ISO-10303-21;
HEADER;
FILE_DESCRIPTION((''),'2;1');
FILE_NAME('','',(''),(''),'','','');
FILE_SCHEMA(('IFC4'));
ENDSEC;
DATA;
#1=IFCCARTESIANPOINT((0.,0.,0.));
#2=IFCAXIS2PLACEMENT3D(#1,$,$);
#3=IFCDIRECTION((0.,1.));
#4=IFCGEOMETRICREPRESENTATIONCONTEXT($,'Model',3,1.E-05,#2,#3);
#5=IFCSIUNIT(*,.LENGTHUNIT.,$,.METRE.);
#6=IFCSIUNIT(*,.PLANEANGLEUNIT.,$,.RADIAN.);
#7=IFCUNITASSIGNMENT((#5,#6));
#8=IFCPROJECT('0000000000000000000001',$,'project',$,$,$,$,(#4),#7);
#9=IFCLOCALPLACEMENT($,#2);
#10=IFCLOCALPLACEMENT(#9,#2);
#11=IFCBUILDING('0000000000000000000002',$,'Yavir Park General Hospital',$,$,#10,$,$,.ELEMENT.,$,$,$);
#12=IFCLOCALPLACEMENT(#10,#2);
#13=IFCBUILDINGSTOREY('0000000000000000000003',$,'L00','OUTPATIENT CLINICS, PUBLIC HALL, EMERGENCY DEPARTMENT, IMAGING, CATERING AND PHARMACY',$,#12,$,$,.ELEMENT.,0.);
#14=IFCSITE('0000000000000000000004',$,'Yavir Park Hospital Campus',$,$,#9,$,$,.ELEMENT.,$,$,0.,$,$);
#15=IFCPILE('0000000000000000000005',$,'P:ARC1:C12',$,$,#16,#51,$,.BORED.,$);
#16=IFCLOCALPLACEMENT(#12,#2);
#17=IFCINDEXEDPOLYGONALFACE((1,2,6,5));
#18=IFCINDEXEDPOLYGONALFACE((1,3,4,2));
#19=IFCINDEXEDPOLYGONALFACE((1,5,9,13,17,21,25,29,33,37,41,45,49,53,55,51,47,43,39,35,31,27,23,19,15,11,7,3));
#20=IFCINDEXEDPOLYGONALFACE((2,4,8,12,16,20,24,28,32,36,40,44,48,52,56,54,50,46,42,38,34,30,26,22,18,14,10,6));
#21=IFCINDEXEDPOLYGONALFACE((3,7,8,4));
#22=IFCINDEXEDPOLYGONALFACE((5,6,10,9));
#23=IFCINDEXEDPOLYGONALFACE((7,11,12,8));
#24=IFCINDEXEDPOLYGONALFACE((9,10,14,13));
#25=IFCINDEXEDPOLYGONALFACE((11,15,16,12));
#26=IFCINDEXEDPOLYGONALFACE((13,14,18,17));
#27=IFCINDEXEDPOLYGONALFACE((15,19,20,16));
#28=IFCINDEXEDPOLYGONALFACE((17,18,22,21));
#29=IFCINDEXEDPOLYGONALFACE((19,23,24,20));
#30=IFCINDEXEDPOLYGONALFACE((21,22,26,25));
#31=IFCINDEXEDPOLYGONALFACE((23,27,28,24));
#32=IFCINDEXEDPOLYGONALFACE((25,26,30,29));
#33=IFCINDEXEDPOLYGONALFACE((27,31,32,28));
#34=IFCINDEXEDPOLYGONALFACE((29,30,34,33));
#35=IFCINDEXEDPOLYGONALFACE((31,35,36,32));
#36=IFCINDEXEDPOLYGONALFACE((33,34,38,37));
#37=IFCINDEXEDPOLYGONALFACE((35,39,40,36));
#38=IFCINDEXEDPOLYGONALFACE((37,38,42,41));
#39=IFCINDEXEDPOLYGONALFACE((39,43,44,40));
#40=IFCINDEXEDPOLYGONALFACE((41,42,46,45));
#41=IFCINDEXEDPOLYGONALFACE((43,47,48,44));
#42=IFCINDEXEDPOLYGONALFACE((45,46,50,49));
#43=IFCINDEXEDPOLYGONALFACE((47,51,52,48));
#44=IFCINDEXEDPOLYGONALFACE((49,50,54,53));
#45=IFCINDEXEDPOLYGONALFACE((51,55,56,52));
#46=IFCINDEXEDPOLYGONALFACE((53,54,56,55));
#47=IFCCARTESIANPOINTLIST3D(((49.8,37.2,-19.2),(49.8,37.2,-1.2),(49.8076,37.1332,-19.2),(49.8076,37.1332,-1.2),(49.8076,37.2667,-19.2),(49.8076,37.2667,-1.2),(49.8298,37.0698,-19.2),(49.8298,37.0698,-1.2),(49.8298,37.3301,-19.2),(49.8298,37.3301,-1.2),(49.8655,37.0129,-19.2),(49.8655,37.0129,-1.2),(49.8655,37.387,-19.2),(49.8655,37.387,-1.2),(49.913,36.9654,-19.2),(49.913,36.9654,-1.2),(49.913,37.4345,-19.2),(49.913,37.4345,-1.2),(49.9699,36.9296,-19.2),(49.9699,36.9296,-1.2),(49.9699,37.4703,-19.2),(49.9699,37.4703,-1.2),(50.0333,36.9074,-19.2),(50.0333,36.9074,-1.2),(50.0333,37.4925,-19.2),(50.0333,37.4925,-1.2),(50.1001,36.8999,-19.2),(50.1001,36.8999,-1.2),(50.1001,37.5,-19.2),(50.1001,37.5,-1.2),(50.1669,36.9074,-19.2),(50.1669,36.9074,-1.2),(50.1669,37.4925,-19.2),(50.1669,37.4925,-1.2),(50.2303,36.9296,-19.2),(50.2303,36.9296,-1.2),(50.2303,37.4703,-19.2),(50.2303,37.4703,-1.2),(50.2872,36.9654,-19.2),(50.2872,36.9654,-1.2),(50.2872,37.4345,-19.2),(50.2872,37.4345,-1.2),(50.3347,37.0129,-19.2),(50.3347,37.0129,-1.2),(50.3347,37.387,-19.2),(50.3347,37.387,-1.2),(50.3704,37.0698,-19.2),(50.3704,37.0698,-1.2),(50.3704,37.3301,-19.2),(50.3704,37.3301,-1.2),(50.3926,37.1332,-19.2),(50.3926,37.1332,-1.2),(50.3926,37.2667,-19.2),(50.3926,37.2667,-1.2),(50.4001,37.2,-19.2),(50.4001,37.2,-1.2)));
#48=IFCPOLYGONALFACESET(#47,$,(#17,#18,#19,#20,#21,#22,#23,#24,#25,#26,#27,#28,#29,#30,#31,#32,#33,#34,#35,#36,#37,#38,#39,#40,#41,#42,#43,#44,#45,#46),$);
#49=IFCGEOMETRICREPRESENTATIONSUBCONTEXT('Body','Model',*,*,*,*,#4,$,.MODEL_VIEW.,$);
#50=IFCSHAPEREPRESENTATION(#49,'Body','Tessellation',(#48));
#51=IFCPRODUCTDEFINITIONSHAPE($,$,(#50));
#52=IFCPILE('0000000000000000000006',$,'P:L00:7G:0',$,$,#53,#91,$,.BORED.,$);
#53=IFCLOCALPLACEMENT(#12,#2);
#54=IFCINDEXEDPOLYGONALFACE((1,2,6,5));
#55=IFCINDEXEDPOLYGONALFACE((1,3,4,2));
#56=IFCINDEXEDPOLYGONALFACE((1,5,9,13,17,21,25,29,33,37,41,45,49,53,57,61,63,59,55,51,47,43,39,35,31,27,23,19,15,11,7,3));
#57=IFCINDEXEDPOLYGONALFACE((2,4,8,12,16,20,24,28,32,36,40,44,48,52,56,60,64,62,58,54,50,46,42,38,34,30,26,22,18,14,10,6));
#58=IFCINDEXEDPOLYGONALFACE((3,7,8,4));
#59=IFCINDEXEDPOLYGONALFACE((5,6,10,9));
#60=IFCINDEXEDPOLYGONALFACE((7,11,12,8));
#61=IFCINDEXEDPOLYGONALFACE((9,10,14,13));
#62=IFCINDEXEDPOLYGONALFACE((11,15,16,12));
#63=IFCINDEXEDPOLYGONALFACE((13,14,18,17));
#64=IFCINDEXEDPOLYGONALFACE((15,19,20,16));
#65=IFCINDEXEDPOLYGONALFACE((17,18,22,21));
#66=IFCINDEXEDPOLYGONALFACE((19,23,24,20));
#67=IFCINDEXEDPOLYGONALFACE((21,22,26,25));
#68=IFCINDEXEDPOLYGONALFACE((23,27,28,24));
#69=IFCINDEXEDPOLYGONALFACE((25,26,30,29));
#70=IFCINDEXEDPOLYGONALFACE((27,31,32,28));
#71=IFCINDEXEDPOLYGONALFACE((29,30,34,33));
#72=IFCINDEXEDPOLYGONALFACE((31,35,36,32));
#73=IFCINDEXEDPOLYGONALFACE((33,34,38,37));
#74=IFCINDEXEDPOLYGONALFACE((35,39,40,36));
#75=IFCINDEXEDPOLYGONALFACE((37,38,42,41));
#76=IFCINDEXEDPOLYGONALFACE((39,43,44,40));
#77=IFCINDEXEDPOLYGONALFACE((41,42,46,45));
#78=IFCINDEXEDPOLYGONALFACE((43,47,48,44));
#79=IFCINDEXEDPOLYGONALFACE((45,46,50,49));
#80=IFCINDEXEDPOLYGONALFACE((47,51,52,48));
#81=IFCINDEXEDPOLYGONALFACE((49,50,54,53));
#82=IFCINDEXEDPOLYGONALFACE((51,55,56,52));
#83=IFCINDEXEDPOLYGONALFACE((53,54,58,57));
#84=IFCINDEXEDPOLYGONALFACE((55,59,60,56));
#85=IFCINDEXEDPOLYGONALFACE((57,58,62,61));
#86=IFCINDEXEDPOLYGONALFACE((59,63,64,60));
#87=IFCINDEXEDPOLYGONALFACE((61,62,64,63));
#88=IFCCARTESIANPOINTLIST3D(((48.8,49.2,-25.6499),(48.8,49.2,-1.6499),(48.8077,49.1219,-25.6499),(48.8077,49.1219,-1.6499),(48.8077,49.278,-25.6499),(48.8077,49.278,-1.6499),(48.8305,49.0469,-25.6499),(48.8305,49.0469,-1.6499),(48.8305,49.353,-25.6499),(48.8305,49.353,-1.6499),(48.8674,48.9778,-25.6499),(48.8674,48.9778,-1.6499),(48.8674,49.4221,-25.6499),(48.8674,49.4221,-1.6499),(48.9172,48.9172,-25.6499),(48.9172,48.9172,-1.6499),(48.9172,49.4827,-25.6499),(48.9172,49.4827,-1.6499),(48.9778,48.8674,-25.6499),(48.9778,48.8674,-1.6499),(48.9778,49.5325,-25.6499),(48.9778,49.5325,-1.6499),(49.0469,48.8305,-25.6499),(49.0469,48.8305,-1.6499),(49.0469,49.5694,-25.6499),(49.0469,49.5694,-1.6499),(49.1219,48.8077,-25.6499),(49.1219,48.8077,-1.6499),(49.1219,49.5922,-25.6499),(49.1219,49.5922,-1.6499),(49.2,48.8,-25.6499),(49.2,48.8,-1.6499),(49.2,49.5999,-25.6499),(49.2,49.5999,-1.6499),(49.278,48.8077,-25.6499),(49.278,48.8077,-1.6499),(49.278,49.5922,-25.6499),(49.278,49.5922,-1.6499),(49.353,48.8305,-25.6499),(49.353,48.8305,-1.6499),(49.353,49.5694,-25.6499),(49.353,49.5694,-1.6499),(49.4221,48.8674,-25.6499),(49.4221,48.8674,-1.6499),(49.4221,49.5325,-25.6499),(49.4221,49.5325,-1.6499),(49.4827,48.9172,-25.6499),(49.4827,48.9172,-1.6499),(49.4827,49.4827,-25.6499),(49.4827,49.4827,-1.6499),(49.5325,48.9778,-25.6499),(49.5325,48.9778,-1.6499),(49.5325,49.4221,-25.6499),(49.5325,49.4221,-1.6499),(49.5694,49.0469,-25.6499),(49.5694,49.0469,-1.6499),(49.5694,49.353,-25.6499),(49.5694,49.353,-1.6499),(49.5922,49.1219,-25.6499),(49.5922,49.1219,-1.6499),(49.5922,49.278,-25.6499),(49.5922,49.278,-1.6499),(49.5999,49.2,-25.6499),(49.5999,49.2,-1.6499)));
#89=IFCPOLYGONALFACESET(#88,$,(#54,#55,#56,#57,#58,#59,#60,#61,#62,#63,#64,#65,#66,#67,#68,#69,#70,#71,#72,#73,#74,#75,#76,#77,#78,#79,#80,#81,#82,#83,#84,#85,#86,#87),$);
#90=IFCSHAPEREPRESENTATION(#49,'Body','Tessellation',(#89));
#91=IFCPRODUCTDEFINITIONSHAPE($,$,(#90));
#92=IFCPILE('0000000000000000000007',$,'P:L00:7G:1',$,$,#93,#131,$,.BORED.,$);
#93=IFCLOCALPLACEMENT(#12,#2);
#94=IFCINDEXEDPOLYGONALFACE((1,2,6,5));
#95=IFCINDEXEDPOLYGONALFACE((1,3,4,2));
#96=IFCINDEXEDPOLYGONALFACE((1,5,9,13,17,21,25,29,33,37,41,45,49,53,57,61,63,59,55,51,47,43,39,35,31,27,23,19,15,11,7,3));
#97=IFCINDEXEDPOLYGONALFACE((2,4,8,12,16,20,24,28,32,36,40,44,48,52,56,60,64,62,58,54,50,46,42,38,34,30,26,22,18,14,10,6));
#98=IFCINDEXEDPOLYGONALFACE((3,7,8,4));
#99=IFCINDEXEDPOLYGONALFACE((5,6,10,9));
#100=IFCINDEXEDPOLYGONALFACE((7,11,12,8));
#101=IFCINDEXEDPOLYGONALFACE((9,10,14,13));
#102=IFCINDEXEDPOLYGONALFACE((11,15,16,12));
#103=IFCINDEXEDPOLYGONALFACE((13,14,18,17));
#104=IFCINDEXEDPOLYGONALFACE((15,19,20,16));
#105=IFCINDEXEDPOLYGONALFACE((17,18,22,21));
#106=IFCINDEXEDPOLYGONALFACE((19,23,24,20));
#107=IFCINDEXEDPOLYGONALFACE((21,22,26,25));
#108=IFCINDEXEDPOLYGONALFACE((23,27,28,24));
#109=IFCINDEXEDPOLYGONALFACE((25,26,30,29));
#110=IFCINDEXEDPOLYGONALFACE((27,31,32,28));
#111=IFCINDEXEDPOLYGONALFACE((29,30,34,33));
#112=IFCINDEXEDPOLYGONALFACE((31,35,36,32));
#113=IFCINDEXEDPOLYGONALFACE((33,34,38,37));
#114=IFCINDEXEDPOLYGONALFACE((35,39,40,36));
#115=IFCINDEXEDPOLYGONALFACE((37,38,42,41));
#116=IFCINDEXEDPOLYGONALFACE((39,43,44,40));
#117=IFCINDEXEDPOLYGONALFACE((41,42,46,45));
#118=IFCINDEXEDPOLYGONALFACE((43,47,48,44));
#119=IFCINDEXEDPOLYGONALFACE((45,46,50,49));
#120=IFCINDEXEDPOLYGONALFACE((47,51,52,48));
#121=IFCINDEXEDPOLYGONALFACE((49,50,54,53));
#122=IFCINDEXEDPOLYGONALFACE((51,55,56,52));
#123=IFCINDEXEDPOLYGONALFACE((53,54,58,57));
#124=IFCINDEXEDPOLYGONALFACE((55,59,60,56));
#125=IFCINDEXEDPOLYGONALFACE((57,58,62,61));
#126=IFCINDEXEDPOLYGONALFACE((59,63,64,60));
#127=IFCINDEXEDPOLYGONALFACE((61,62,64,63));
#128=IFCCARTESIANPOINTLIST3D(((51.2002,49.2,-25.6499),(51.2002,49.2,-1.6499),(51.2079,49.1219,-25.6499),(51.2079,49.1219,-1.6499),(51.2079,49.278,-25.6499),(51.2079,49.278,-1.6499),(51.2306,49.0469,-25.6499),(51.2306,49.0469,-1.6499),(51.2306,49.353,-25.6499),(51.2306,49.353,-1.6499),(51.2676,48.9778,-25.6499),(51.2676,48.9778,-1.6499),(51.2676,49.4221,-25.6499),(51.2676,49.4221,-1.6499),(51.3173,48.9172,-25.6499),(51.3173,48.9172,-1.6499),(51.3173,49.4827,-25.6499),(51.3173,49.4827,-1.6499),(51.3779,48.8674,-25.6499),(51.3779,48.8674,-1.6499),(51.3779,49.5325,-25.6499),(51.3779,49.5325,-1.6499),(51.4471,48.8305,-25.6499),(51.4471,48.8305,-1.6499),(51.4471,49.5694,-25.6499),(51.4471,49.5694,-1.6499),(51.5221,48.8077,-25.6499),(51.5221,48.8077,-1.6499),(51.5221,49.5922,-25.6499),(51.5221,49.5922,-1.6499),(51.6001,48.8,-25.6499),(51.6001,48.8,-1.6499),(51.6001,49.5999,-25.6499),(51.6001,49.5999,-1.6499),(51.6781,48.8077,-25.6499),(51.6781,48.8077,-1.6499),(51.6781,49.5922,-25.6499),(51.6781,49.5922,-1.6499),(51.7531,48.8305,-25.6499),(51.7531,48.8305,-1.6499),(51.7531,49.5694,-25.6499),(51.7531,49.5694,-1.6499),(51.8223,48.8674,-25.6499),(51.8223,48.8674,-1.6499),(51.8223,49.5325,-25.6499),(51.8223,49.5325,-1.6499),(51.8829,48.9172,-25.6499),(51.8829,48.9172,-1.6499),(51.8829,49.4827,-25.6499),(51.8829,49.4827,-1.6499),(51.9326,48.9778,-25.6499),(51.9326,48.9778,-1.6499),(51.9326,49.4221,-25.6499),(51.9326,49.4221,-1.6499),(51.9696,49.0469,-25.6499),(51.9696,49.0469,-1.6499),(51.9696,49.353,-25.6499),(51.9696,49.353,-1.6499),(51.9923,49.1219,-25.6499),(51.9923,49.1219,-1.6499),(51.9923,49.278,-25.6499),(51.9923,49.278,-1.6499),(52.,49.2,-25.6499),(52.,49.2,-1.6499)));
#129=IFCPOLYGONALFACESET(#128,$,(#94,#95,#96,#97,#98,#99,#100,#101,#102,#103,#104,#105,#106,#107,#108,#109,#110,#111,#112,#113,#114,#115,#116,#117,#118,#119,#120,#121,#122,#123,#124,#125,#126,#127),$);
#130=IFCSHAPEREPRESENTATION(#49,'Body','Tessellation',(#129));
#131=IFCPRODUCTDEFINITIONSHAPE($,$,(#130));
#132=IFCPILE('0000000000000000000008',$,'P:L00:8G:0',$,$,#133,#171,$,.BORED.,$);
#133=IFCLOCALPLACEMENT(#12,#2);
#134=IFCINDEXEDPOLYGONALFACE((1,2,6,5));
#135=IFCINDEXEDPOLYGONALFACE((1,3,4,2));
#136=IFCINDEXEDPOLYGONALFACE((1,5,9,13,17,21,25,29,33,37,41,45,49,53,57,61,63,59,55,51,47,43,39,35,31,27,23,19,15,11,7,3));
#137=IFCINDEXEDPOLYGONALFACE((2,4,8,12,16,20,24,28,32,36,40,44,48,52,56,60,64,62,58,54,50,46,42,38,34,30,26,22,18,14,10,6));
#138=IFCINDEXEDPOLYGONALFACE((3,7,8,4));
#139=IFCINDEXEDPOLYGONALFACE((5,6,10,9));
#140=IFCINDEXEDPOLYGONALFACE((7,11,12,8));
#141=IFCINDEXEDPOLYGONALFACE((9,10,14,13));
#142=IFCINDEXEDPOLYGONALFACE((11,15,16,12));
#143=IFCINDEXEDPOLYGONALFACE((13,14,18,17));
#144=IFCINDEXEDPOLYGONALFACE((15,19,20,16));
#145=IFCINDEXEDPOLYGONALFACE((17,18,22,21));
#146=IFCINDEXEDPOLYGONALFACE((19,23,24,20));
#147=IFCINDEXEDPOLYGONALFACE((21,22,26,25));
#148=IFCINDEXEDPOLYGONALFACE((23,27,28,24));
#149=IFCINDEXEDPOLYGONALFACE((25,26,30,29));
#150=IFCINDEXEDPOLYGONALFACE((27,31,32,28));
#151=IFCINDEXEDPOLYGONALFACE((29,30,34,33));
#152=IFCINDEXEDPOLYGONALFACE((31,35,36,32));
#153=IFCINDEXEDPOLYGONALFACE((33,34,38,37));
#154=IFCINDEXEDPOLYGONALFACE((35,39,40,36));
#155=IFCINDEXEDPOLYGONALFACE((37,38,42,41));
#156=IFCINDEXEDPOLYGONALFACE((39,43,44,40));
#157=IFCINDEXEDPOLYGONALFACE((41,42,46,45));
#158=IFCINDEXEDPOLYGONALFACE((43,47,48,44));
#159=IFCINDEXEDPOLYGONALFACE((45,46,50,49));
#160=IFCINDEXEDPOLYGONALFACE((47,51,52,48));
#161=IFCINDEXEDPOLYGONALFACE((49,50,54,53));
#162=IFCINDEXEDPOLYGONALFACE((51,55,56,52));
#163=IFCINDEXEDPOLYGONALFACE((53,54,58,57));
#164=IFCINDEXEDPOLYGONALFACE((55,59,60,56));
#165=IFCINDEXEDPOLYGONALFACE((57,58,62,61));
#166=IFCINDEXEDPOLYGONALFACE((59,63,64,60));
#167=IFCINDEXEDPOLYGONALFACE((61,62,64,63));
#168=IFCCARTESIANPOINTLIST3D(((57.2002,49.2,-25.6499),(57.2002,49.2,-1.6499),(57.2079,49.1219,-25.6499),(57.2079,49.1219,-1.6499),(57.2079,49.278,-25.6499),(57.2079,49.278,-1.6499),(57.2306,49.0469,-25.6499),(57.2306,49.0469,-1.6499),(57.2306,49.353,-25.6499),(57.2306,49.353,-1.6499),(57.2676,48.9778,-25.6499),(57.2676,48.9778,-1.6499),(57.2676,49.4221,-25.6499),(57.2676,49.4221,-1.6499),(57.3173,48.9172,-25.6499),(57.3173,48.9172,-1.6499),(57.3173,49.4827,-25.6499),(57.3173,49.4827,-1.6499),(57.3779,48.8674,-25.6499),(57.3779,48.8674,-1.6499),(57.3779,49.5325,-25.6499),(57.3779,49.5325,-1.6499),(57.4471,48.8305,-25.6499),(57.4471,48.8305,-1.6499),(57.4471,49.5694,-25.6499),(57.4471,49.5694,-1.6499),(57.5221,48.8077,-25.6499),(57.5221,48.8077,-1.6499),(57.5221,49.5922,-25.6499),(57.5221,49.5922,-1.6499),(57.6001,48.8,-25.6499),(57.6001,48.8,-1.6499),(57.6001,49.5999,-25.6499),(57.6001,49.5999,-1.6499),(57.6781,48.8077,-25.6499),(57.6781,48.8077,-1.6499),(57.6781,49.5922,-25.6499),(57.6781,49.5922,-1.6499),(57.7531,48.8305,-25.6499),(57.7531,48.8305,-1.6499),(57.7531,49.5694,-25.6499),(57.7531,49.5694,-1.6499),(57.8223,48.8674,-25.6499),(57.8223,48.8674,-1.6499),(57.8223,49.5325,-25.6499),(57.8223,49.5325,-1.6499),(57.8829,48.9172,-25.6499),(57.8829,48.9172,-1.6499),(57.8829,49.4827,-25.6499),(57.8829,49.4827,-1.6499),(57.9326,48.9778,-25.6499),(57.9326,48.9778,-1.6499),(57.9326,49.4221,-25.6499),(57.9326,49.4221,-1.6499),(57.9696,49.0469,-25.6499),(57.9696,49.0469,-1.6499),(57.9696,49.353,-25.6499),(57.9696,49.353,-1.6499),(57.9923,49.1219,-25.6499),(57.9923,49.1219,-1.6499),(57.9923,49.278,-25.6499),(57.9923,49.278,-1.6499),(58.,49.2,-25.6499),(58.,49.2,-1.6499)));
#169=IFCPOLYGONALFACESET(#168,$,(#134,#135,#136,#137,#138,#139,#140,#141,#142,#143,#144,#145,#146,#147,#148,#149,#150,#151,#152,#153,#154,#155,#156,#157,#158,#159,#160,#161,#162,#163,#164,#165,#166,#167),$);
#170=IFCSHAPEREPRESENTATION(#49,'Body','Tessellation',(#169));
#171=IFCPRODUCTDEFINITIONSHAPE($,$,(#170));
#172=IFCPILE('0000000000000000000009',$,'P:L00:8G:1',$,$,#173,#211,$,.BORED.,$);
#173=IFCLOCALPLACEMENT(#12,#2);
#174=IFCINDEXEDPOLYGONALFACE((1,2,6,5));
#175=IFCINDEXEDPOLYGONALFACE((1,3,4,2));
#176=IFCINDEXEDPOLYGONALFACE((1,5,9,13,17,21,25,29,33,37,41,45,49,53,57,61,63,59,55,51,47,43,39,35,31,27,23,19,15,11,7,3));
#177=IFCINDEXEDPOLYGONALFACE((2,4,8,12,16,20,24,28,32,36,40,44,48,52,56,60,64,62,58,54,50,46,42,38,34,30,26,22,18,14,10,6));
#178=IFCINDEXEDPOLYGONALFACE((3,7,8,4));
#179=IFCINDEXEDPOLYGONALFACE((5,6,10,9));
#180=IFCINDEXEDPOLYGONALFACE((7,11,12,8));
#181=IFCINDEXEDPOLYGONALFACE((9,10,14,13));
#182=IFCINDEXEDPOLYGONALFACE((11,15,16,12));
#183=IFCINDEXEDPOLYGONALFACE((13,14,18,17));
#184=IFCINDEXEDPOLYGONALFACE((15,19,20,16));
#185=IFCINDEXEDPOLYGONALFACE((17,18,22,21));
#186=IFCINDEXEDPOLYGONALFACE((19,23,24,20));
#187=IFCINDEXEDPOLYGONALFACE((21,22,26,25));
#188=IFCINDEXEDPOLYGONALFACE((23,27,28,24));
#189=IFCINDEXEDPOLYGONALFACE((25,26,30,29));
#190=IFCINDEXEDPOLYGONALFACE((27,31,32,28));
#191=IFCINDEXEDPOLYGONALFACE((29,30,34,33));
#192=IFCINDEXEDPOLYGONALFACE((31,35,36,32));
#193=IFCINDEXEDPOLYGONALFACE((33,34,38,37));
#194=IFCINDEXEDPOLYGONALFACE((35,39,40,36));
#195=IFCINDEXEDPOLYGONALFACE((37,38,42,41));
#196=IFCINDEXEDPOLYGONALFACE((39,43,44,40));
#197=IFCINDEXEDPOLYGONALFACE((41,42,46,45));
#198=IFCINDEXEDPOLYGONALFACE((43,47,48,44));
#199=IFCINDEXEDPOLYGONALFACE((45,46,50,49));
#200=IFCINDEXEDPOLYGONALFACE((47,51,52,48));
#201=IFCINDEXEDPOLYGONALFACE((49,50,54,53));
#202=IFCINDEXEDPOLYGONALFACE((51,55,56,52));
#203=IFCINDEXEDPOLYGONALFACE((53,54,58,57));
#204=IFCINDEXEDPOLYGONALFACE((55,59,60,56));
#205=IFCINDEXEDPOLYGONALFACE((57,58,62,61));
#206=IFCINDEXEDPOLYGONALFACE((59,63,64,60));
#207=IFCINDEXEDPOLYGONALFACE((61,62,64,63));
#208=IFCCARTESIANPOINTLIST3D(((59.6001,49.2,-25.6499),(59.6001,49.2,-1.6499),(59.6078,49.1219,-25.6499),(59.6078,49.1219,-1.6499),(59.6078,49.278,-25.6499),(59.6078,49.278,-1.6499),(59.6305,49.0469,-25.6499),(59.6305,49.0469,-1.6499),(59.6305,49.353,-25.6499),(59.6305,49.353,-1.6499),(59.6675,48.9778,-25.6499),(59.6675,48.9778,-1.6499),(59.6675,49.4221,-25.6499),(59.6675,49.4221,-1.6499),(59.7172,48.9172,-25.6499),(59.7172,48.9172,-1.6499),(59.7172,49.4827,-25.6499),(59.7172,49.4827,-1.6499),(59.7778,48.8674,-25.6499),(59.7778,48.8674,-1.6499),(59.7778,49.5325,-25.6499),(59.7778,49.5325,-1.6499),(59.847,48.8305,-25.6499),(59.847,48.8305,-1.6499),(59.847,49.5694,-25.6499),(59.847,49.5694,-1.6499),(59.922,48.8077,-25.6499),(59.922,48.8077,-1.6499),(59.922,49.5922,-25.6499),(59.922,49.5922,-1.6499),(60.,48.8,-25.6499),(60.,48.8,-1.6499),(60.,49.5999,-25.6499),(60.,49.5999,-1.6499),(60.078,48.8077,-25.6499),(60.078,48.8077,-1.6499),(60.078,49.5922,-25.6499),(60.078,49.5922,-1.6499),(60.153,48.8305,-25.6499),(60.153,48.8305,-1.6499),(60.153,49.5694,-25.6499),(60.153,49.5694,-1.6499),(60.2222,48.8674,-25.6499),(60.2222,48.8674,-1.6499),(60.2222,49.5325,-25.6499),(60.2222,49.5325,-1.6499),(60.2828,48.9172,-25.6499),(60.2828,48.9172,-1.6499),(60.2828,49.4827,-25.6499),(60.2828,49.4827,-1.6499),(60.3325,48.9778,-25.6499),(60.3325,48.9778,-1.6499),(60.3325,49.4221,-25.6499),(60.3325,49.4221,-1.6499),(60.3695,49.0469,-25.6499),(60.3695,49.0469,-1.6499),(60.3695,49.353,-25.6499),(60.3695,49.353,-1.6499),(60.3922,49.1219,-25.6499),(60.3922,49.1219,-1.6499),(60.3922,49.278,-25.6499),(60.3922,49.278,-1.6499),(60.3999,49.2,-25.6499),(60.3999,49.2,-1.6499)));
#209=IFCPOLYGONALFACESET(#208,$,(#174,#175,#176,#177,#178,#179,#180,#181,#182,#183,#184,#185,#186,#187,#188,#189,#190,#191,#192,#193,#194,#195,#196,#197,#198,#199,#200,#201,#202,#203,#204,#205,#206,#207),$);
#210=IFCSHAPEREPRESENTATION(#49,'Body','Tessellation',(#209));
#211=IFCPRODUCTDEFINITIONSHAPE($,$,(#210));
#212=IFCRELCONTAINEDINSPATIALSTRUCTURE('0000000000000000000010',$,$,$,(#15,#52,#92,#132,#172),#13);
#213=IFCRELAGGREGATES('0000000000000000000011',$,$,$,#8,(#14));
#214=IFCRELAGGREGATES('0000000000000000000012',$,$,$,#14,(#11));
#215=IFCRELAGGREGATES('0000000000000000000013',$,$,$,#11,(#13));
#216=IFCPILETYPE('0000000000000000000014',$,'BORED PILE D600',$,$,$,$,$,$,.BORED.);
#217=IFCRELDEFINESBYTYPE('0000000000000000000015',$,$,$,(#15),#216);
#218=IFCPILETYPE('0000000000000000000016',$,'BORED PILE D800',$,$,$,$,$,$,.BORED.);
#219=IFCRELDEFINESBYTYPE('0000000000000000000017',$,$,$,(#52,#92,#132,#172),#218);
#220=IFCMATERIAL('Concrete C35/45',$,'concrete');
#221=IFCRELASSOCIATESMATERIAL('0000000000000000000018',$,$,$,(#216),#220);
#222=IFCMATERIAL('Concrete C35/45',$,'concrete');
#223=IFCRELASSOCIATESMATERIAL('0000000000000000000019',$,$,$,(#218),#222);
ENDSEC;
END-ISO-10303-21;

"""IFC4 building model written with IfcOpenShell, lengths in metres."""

from ifc_helpers import new_model, si_unit, direction, frame, origin, origin_2d, place, context, subcontext, project, spatial, circle, extrude, material, material_profile, profile_set, type_object, element, save


model = new_model("IFC4")

# Units and contexts
model_context = context("Model", 3, precision=1e-05, world=origin(), true_north=direction((0.0, 1.0)))
body_context = subcontext(model_context, "Body", "Model", "MODEL_VIEW")
ifc_project = project(units=[si_unit("LENGTHUNIT", "METRE"), si_unit("PLANEANGLEUNIT", "RADIAN")], contexts=[model_context])

# Site, building, storey
site_placement = place(None, origin())
site = spatial("IfcSite", under=ifc_project, at=site_placement, Name="Yavir Park Hospital Campus", CompositionType="ELEMENT", RefElevation=0.0)
building_placement = place(site_placement, origin())
building = spatial("IfcBuilding", under=site, at=building_placement, Name="Yavir Park General Hospital", CompositionType="ELEMENT")
storey_placement = place(building_placement, origin())
storey = spatial("IfcBuildingStorey", under=building, at=storey_placement, Name="L00", Description="OUTPATIENT CLINICS, PUBLIC HALL, EMERGENCY DEPARTMENT, IMAGING, CATERING AND PHARMACY", CompositionType="ELEMENT", Elevation=0.0)

# Piles
ifc_material_1 = material(Name="Concrete C35/45", Category="concrete")
ifc_material_profile_1 = material_profile(ifc_material_1, circle(Radius=0.3, at=origin_2d()), Name="D600")
ifc_profile_set_1 = profile_set([ifc_material_profile_1], Name="Concrete C35/45")
pile_type_1 = type_object("IfcPileType", Name="BORED PILE D600", PredefinedType="BORED", material=ifc_profile_set_1)
pile_placement = place(storey_placement, frame((50.1001, 37.2, -1.2), z_axis=(0.0, 0.0, -1.0), x_axis=(1.0, 0.0, 0.0)))
element("IfcPile", 1, at=pile_placement, inside=storey, type_object=pile_type_1, Name="P:ARC1:C12", PredefinedType="BORED", context=body_context, shape_type="SweptSolid", body=[
    extrude(circle(Radius=0.3, at=origin_2d()), origin(), (0.0, 0.0, 1.0), 18.0),
])
ifc_material_2 = material(Name="Concrete C35/45", Category="concrete")
ifc_material_profile_2 = material_profile(ifc_material_2, circle(Radius=0.3999, at=origin_2d()), Name="D800")
ifc_profile_set_2 = profile_set([ifc_material_profile_2], Name="Concrete C35/45")
pile_type_2 = type_object("IfcPileType", Name="BORED PILE D800", PredefinedType="BORED", material=ifc_profile_set_2)
for number, where, z_axis, x_axis, name in (
    (2, (49.2, 49.2, -1.6499), (0.0, 0.0, -1.0), (1.0, 0.0, 0.0), "P:L00:7G:0"),
    (3, (51.6001, 49.2, -1.6499), (0.0, 0.0, -1.0), (1.0, 0.0, 0.0), "P:L00:7G:1"),
    (4, (57.6001, 49.2, -1.6499), (0.0, 0.0, -1.0), (1.0, 0.0, 0.0), "P:L00:8G:0"),
    (5, (60.0, 49.2, -1.6499), (0.0, 0.0, -1.0), (1.0, 0.0, 0.0), "P:L00:8G:1"),
):
    element("IfcPile", number, at=place(storey_placement, frame(where, z_axis=z_axis, x_axis=x_axis)), inside=storey, type_object=pile_type_2, Name=name, PredefinedType="BORED", context=body_context, shape_type="SweptSolid", body=[
        extrude(circle(Radius=0.3999, at=origin_2d()), origin(), (0.0, 0.0, 1.0), 24.0),
    ])

save(model, "model.ifc")
